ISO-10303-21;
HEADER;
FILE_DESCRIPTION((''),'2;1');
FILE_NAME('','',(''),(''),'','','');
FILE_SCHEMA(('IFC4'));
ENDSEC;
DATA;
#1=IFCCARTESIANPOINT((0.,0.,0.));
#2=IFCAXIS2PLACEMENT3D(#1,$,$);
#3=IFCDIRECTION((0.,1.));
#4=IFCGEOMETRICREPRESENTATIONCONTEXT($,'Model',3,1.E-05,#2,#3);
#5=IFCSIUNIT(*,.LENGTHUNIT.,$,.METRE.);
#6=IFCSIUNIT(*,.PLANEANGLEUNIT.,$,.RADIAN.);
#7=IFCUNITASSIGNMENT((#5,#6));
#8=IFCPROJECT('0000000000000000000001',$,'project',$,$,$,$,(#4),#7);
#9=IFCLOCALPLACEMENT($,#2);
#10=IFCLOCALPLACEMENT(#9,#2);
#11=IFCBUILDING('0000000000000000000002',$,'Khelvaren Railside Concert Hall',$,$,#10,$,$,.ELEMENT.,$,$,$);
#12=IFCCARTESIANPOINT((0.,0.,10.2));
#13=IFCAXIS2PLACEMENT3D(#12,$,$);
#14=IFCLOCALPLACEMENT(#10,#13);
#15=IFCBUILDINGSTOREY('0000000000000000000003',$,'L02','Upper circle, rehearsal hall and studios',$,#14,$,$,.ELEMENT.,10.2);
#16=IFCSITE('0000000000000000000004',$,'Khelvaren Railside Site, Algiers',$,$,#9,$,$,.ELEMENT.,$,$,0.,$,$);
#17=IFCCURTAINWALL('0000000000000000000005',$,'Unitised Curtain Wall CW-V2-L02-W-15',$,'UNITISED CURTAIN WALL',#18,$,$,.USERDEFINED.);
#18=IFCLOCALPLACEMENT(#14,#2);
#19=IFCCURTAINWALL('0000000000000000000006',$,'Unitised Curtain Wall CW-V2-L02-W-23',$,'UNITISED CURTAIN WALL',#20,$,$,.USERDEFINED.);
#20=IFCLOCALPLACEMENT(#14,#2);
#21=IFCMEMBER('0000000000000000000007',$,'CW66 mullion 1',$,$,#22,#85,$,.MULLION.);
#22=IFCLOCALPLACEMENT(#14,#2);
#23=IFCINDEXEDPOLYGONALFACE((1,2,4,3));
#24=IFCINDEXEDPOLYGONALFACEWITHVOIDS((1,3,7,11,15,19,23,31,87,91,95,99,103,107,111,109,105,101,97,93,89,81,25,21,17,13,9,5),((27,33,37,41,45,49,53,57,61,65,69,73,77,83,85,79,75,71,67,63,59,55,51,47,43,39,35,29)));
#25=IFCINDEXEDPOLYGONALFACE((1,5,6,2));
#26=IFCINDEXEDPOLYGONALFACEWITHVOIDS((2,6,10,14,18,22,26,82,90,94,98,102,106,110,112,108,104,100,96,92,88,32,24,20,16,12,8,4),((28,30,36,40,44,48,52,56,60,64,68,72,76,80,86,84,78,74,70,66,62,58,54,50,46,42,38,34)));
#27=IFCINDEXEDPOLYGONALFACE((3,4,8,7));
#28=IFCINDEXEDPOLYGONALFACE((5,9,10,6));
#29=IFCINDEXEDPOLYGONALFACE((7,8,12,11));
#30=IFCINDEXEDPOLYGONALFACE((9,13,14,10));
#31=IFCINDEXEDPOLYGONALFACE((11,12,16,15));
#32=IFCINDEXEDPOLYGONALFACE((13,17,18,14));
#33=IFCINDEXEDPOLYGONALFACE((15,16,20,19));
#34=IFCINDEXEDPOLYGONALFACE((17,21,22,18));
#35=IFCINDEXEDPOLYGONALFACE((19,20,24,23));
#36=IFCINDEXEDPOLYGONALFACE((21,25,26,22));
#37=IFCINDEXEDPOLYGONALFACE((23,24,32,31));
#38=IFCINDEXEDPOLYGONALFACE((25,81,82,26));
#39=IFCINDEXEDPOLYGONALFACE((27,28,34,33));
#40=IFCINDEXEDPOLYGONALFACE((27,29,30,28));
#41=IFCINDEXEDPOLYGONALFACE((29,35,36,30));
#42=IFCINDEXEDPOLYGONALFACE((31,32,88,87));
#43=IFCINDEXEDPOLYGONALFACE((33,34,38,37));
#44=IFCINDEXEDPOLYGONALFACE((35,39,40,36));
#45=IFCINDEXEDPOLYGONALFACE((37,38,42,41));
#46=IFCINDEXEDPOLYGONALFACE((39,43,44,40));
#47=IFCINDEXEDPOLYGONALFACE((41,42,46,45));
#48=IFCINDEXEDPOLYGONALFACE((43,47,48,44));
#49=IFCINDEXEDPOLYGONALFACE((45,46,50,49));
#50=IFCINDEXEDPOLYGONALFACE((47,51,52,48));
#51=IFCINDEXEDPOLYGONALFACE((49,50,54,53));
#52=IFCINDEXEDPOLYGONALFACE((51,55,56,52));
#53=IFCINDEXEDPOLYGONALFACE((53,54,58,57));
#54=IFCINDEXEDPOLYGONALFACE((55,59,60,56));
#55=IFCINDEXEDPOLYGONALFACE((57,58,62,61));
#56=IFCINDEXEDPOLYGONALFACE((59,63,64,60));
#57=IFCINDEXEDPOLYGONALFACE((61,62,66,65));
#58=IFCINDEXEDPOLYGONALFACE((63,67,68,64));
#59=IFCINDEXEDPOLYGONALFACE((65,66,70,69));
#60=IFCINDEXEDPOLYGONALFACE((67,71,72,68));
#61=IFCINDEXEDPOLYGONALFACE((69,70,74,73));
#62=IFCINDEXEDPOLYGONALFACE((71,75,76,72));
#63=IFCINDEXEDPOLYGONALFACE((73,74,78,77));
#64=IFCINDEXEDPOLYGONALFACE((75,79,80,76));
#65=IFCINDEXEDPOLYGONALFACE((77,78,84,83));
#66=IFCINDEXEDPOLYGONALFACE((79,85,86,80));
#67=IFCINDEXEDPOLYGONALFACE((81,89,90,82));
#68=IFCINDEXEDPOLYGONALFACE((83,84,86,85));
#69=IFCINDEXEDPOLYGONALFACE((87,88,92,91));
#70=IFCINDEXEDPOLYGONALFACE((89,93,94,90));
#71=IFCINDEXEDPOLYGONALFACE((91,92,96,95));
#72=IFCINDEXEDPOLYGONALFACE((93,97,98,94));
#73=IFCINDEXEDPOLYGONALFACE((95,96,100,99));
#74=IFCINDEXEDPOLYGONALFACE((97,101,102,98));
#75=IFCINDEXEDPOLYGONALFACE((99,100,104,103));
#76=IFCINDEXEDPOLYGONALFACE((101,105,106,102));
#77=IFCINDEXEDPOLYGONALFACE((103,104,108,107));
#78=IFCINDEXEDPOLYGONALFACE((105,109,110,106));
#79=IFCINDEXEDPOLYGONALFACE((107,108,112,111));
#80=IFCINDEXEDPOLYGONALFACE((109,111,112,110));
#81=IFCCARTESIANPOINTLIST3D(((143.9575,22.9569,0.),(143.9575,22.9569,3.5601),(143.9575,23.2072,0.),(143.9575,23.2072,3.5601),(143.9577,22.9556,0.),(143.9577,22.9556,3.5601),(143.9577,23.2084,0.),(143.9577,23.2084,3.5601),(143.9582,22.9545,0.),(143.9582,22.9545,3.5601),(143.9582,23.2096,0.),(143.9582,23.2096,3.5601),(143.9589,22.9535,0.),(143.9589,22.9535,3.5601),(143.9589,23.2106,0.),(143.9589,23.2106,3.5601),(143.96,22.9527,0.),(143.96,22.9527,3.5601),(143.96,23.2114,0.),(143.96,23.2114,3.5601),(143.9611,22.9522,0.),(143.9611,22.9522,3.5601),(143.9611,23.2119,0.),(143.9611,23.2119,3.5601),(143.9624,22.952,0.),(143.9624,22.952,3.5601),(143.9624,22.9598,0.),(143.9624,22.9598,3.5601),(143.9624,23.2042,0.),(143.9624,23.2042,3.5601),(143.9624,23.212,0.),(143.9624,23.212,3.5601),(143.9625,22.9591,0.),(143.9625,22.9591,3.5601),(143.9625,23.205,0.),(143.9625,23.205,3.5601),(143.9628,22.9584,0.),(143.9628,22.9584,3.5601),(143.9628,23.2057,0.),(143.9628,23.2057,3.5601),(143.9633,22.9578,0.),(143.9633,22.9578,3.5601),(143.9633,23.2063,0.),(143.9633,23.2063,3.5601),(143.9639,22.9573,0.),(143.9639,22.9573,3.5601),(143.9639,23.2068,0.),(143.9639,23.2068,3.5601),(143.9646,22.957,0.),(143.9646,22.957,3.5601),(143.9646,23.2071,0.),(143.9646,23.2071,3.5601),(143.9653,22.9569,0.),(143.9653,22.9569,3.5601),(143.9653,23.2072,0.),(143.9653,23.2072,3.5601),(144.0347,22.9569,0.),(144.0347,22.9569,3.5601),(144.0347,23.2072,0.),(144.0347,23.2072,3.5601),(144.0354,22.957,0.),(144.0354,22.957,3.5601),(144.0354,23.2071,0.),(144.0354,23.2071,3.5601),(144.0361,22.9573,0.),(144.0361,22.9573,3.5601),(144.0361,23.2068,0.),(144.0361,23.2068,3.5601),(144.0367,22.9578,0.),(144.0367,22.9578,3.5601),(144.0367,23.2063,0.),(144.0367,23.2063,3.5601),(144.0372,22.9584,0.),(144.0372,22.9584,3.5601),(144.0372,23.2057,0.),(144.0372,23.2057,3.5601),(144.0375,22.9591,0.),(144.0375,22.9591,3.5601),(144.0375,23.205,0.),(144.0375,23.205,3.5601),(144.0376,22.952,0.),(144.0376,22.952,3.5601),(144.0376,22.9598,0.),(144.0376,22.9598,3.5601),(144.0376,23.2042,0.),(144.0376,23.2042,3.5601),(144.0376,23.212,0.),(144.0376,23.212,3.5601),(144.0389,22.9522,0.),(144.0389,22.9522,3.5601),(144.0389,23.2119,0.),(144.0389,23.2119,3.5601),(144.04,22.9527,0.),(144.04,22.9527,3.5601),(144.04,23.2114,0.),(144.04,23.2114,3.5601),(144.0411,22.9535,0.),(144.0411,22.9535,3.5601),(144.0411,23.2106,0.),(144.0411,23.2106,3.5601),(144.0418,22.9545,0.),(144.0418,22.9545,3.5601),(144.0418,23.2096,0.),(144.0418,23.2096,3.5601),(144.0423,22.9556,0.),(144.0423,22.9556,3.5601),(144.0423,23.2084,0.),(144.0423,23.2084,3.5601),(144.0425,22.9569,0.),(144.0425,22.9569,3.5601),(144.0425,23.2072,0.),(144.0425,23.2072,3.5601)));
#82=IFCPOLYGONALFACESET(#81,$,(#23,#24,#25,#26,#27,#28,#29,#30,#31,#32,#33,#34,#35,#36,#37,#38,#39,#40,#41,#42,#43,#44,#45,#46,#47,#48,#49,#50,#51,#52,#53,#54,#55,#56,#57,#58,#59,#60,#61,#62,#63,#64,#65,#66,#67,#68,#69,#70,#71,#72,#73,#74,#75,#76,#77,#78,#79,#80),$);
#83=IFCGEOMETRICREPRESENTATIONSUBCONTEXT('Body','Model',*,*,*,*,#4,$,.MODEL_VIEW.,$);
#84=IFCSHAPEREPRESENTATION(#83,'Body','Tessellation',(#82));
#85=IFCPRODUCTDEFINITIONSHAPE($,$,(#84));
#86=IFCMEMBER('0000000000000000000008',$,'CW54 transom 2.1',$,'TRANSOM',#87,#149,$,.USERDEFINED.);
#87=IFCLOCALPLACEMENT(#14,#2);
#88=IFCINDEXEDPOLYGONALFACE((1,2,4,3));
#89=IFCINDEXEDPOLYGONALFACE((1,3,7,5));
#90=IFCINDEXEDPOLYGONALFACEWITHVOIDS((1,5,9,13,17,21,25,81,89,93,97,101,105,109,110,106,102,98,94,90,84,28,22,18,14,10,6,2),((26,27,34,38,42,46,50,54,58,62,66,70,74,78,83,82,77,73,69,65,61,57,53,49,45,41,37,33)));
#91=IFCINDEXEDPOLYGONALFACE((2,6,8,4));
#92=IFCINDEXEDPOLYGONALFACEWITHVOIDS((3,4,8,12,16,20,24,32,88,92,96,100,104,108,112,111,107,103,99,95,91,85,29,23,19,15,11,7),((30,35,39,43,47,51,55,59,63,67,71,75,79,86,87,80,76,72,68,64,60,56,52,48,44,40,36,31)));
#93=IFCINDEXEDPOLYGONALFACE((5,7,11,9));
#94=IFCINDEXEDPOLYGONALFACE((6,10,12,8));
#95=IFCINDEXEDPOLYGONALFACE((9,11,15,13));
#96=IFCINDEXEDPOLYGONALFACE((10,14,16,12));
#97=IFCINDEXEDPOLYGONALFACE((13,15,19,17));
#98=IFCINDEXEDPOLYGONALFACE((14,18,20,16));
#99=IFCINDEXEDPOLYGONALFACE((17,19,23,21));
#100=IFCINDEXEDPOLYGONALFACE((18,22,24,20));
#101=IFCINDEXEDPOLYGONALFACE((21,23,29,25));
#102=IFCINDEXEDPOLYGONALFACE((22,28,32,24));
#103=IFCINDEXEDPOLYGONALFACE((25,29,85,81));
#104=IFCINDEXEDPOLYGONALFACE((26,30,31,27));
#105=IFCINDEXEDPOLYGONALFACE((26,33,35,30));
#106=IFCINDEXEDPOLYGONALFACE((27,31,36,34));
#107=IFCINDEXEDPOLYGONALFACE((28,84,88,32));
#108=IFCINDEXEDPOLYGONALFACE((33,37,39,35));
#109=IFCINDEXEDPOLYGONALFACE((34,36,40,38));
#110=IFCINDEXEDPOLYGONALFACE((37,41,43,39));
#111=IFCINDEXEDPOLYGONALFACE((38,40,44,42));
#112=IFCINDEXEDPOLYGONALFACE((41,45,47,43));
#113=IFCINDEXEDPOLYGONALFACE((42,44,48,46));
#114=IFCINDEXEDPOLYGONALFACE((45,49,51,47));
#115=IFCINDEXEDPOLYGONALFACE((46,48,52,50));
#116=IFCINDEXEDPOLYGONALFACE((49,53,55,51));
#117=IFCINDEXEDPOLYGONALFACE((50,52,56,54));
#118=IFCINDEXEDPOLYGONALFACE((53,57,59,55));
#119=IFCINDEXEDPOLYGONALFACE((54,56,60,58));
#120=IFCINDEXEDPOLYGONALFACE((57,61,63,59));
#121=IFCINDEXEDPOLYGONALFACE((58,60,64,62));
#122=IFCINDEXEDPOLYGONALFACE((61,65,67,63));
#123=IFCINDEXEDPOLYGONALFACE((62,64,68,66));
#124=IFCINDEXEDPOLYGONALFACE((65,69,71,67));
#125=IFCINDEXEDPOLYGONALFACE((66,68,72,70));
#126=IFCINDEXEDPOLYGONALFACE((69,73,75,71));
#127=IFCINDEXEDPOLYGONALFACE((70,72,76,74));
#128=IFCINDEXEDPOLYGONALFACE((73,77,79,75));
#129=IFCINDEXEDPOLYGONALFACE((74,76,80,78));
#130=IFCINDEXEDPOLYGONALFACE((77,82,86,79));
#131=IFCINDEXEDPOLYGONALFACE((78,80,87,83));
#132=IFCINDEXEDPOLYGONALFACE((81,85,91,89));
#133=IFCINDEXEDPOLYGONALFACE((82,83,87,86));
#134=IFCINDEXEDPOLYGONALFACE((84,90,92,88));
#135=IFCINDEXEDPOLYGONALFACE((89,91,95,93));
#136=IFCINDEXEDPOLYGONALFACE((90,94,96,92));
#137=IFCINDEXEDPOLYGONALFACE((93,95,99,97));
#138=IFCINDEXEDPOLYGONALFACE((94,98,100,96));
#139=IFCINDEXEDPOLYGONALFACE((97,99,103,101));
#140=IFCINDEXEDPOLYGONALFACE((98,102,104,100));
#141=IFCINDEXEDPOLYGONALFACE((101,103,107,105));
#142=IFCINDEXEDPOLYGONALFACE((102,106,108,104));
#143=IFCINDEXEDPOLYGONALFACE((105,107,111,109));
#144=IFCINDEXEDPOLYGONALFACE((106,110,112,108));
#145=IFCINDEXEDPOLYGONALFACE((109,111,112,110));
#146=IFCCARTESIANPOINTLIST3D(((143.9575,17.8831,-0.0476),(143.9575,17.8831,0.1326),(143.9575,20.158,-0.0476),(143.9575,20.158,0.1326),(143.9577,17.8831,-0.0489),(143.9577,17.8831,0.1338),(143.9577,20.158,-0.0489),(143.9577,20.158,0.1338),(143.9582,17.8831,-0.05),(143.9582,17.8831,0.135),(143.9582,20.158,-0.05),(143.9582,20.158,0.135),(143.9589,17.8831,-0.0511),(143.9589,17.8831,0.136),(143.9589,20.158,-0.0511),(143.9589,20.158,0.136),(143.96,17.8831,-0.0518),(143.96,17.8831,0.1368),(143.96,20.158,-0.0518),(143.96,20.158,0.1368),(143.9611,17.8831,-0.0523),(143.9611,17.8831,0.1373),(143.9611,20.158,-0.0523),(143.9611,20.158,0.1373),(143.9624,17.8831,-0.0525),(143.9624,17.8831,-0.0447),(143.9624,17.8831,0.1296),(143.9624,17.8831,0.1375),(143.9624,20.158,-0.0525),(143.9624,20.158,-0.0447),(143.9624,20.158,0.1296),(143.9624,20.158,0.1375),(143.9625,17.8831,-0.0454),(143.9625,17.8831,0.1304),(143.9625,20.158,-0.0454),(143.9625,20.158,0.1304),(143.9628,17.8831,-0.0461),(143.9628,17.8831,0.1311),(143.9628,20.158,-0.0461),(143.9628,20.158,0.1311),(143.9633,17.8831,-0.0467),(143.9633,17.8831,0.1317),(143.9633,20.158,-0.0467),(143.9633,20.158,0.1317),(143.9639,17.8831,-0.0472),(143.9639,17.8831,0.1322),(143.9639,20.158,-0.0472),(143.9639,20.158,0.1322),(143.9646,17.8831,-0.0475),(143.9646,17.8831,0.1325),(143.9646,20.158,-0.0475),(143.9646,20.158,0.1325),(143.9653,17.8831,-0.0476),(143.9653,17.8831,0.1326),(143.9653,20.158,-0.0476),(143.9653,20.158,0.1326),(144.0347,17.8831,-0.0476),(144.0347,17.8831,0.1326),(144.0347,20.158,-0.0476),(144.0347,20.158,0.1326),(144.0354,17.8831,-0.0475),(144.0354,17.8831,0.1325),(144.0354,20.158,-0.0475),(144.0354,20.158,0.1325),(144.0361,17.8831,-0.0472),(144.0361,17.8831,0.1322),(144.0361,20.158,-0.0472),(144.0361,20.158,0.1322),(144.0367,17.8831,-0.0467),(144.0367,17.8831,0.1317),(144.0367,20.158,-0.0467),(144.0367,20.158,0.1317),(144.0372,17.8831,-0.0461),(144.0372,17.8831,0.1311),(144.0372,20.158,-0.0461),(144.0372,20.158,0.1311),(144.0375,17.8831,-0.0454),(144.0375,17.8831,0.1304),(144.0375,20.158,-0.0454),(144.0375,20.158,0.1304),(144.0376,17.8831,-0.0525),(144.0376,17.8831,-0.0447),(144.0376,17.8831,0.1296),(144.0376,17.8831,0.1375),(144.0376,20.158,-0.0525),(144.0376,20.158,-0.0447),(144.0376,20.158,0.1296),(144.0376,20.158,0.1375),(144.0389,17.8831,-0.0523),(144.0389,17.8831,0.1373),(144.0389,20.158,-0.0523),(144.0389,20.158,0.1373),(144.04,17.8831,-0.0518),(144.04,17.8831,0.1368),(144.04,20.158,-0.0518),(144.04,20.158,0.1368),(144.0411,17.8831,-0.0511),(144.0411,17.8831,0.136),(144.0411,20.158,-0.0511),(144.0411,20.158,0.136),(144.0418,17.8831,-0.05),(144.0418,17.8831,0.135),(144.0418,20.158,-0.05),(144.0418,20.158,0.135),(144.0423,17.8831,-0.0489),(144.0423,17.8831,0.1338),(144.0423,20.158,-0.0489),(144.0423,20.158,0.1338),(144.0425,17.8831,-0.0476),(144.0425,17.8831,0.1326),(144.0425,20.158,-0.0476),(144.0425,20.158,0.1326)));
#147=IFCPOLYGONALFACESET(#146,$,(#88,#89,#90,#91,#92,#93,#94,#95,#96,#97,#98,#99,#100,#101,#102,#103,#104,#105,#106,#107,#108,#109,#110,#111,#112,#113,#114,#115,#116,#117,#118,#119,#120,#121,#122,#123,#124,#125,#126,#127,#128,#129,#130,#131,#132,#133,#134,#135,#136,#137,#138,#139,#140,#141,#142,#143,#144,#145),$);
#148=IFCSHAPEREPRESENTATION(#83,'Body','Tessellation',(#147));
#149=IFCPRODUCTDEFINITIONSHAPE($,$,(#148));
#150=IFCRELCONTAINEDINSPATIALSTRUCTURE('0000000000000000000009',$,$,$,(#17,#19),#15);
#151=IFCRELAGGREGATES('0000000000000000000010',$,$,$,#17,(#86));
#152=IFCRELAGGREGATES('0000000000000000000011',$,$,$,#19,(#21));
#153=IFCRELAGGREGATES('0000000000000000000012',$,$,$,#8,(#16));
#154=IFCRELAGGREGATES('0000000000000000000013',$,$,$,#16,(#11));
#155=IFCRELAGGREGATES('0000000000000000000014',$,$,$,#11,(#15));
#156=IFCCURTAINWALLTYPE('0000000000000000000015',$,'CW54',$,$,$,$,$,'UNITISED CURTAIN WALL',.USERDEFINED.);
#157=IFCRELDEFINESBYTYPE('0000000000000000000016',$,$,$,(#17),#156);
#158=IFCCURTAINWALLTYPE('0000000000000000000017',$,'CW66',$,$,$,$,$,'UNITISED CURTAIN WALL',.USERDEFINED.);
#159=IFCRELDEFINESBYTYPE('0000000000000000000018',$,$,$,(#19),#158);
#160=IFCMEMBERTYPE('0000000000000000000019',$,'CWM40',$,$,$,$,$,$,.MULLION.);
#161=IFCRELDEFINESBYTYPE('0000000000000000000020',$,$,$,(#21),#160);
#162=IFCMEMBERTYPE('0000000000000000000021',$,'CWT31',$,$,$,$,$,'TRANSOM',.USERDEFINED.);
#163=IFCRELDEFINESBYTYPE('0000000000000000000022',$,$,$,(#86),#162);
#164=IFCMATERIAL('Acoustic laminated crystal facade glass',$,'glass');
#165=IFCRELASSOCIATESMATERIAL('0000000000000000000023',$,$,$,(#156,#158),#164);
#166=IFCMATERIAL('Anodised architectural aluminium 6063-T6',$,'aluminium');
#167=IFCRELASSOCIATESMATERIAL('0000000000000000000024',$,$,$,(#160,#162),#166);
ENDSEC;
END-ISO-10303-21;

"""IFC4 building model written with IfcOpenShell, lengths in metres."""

from ifc_helpers import new_model, si_unit, direction, frame, origin, origin_2d, place, context, subcontext, project, spatial, hollow_rectangle, extrude, material, material_profile, profile_set, type_object, element, aggregate, save


model = new_model("IFC4")

# Units and contexts
model_context = context("Model", 3, precision=1e-05, world=origin(), true_north=direction((0.0, 1.0)))
body_context = subcontext(model_context, "Body", "Model", "MODEL_VIEW")
ifc_project = project(units=[si_unit("LENGTHUNIT", "METRE"), si_unit("PLANEANGLEUNIT", "RADIAN")], contexts=[model_context])

# Site, building, storey
site_placement = place(None, origin())
site = spatial("IfcSite", under=ifc_project, at=site_placement, Name="Khelvaren Railside Site, Algiers", CompositionType="ELEMENT", RefElevation=0.0)
building_placement = place(site_placement, origin())
building = spatial("IfcBuilding", under=site, at=building_placement, Name="Khelvaren Railside Concert Hall", CompositionType="ELEMENT")
storey_placement = place(building_placement, frame((0.0, 0.0, 10.2)))
storey = spatial("IfcBuildingStorey", under=building, at=storey_placement, Name="L02", Description="Upper circle, rehearsal hall and studios", CompositionType="ELEMENT", Elevation=10.2)

# Curtain wall
ifc_material_1 = material(Name="Acoustic laminated crystal facade glass", Category="glass")
curtain_wall_type_1 = type_object("IfcCurtainWallType", Name="CW54", ElementType="UNITISED CURTAIN WALL", PredefinedType="USERDEFINED", material=ifc_material_1)
curtain_wall_1_placement = place(storey_placement, origin())
curtain_wall_1 = element("IfcCurtainWall", 1, at=curtain_wall_1_placement, inside=storey, type_object=curtain_wall_type_1, Name="Unitised Curtain Wall CW-V2-L02-W-15", ObjectType="UNITISED CURTAIN WALL", PredefinedType="USERDEFINED")
ifc_material_2 = material(Name="Anodised architectural aluminium 6063-T6", Category="aluminium")
ifc_material_profile_1 = material_profile(ifc_material_2, hollow_rectangle(XDim=0.085, YDim=0.26, WallThickness=0.0049, InnerFilletRadius=0.0029, OuterFilletRadius=0.0049, at=origin_2d()), Name="CWM 85x260x5")
ifc_profile_set_1 = profile_set([ifc_material_profile_1], Name="Anodised architectural aluminium 6063-T6")
member_type_1 = type_object("IfcMemberType", Name="CWM40", PredefinedType="MULLION", material=ifc_profile_set_1)

# Curtain wall, member
curtain_wall_type_2 = type_object("IfcCurtainWallType", Name="CW66", ElementType="UNITISED CURTAIN WALL", PredefinedType="USERDEFINED", material=ifc_material_1)
curtain_wall_2_placement = place(storey_placement, origin())
curtain_wall_2 = element("IfcCurtainWall", 2, at=curtain_wall_2_placement, inside=storey, type_object=curtain_wall_type_2, Name="Unitised Curtain Wall CW-V2-L02-W-23", ObjectType="UNITISED CURTAIN WALL", PredefinedType="USERDEFINED")
member_1_placement = place(storey_placement, frame((144.0, 23.082, 0.0), z_axis=(0.0, 0.0, 1.0), x_axis=(-1.0, 0.0, 0.0)))
member_1 = element("IfcMember", 3, at=member_1_placement, type_object=member_type_1, Name="CW66 mullion 1", PredefinedType="MULLION", context=body_context, shape_type="SweptSolid", body=[
    extrude(hollow_rectangle(XDim=0.085, YDim=0.26, WallThickness=0.0049, InnerFilletRadius=0.0029, OuterFilletRadius=0.0049, at=origin_2d()), origin(), (0.0, 0.0, 1.0), 3.5601),
])

# Member
ifc_material_profile_2 = material_profile(ifc_material_2, hollow_rectangle(XDim=0.085, YDim=0.1899, WallThickness=0.0049, InnerFilletRadius=0.0029, OuterFilletRadius=0.0049, at=origin_2d()), Name="CWT 85x190x5")
ifc_profile_set_2 = profile_set([ifc_material_profile_2], Name="Anodised architectural aluminium 6063-T6")
member_type_2 = type_object("IfcMemberType", Name="CWT31", ElementType="TRANSOM", PredefinedType="USERDEFINED", material=ifc_profile_set_2)
member_2_placement = place(storey_placement, frame((144.0, 17.8831, 0.0425), z_axis=(0.0, 1.0, 0.0), x_axis=(-1.0, 0.0, 0.0)))
member_2 = element("IfcMember", 4, at=member_2_placement, type_object=member_type_2, Name="CW54 transom 2.1", ObjectType="TRANSOM", PredefinedType="USERDEFINED", context=body_context, shape_type="SweptSolid", body=[
    extrude(hollow_rectangle(XDim=0.085, YDim=0.1899, WallThickness=0.0049, InnerFilletRadius=0.0029, OuterFilletRadius=0.0049, at=origin_2d()), origin(), (0.0, 0.0, 1.0), 2.2749),
])

aggregate(curtain_wall_1, [member_2])
aggregate(curtain_wall_2, [member_1])

save(model, "model.ifc")
